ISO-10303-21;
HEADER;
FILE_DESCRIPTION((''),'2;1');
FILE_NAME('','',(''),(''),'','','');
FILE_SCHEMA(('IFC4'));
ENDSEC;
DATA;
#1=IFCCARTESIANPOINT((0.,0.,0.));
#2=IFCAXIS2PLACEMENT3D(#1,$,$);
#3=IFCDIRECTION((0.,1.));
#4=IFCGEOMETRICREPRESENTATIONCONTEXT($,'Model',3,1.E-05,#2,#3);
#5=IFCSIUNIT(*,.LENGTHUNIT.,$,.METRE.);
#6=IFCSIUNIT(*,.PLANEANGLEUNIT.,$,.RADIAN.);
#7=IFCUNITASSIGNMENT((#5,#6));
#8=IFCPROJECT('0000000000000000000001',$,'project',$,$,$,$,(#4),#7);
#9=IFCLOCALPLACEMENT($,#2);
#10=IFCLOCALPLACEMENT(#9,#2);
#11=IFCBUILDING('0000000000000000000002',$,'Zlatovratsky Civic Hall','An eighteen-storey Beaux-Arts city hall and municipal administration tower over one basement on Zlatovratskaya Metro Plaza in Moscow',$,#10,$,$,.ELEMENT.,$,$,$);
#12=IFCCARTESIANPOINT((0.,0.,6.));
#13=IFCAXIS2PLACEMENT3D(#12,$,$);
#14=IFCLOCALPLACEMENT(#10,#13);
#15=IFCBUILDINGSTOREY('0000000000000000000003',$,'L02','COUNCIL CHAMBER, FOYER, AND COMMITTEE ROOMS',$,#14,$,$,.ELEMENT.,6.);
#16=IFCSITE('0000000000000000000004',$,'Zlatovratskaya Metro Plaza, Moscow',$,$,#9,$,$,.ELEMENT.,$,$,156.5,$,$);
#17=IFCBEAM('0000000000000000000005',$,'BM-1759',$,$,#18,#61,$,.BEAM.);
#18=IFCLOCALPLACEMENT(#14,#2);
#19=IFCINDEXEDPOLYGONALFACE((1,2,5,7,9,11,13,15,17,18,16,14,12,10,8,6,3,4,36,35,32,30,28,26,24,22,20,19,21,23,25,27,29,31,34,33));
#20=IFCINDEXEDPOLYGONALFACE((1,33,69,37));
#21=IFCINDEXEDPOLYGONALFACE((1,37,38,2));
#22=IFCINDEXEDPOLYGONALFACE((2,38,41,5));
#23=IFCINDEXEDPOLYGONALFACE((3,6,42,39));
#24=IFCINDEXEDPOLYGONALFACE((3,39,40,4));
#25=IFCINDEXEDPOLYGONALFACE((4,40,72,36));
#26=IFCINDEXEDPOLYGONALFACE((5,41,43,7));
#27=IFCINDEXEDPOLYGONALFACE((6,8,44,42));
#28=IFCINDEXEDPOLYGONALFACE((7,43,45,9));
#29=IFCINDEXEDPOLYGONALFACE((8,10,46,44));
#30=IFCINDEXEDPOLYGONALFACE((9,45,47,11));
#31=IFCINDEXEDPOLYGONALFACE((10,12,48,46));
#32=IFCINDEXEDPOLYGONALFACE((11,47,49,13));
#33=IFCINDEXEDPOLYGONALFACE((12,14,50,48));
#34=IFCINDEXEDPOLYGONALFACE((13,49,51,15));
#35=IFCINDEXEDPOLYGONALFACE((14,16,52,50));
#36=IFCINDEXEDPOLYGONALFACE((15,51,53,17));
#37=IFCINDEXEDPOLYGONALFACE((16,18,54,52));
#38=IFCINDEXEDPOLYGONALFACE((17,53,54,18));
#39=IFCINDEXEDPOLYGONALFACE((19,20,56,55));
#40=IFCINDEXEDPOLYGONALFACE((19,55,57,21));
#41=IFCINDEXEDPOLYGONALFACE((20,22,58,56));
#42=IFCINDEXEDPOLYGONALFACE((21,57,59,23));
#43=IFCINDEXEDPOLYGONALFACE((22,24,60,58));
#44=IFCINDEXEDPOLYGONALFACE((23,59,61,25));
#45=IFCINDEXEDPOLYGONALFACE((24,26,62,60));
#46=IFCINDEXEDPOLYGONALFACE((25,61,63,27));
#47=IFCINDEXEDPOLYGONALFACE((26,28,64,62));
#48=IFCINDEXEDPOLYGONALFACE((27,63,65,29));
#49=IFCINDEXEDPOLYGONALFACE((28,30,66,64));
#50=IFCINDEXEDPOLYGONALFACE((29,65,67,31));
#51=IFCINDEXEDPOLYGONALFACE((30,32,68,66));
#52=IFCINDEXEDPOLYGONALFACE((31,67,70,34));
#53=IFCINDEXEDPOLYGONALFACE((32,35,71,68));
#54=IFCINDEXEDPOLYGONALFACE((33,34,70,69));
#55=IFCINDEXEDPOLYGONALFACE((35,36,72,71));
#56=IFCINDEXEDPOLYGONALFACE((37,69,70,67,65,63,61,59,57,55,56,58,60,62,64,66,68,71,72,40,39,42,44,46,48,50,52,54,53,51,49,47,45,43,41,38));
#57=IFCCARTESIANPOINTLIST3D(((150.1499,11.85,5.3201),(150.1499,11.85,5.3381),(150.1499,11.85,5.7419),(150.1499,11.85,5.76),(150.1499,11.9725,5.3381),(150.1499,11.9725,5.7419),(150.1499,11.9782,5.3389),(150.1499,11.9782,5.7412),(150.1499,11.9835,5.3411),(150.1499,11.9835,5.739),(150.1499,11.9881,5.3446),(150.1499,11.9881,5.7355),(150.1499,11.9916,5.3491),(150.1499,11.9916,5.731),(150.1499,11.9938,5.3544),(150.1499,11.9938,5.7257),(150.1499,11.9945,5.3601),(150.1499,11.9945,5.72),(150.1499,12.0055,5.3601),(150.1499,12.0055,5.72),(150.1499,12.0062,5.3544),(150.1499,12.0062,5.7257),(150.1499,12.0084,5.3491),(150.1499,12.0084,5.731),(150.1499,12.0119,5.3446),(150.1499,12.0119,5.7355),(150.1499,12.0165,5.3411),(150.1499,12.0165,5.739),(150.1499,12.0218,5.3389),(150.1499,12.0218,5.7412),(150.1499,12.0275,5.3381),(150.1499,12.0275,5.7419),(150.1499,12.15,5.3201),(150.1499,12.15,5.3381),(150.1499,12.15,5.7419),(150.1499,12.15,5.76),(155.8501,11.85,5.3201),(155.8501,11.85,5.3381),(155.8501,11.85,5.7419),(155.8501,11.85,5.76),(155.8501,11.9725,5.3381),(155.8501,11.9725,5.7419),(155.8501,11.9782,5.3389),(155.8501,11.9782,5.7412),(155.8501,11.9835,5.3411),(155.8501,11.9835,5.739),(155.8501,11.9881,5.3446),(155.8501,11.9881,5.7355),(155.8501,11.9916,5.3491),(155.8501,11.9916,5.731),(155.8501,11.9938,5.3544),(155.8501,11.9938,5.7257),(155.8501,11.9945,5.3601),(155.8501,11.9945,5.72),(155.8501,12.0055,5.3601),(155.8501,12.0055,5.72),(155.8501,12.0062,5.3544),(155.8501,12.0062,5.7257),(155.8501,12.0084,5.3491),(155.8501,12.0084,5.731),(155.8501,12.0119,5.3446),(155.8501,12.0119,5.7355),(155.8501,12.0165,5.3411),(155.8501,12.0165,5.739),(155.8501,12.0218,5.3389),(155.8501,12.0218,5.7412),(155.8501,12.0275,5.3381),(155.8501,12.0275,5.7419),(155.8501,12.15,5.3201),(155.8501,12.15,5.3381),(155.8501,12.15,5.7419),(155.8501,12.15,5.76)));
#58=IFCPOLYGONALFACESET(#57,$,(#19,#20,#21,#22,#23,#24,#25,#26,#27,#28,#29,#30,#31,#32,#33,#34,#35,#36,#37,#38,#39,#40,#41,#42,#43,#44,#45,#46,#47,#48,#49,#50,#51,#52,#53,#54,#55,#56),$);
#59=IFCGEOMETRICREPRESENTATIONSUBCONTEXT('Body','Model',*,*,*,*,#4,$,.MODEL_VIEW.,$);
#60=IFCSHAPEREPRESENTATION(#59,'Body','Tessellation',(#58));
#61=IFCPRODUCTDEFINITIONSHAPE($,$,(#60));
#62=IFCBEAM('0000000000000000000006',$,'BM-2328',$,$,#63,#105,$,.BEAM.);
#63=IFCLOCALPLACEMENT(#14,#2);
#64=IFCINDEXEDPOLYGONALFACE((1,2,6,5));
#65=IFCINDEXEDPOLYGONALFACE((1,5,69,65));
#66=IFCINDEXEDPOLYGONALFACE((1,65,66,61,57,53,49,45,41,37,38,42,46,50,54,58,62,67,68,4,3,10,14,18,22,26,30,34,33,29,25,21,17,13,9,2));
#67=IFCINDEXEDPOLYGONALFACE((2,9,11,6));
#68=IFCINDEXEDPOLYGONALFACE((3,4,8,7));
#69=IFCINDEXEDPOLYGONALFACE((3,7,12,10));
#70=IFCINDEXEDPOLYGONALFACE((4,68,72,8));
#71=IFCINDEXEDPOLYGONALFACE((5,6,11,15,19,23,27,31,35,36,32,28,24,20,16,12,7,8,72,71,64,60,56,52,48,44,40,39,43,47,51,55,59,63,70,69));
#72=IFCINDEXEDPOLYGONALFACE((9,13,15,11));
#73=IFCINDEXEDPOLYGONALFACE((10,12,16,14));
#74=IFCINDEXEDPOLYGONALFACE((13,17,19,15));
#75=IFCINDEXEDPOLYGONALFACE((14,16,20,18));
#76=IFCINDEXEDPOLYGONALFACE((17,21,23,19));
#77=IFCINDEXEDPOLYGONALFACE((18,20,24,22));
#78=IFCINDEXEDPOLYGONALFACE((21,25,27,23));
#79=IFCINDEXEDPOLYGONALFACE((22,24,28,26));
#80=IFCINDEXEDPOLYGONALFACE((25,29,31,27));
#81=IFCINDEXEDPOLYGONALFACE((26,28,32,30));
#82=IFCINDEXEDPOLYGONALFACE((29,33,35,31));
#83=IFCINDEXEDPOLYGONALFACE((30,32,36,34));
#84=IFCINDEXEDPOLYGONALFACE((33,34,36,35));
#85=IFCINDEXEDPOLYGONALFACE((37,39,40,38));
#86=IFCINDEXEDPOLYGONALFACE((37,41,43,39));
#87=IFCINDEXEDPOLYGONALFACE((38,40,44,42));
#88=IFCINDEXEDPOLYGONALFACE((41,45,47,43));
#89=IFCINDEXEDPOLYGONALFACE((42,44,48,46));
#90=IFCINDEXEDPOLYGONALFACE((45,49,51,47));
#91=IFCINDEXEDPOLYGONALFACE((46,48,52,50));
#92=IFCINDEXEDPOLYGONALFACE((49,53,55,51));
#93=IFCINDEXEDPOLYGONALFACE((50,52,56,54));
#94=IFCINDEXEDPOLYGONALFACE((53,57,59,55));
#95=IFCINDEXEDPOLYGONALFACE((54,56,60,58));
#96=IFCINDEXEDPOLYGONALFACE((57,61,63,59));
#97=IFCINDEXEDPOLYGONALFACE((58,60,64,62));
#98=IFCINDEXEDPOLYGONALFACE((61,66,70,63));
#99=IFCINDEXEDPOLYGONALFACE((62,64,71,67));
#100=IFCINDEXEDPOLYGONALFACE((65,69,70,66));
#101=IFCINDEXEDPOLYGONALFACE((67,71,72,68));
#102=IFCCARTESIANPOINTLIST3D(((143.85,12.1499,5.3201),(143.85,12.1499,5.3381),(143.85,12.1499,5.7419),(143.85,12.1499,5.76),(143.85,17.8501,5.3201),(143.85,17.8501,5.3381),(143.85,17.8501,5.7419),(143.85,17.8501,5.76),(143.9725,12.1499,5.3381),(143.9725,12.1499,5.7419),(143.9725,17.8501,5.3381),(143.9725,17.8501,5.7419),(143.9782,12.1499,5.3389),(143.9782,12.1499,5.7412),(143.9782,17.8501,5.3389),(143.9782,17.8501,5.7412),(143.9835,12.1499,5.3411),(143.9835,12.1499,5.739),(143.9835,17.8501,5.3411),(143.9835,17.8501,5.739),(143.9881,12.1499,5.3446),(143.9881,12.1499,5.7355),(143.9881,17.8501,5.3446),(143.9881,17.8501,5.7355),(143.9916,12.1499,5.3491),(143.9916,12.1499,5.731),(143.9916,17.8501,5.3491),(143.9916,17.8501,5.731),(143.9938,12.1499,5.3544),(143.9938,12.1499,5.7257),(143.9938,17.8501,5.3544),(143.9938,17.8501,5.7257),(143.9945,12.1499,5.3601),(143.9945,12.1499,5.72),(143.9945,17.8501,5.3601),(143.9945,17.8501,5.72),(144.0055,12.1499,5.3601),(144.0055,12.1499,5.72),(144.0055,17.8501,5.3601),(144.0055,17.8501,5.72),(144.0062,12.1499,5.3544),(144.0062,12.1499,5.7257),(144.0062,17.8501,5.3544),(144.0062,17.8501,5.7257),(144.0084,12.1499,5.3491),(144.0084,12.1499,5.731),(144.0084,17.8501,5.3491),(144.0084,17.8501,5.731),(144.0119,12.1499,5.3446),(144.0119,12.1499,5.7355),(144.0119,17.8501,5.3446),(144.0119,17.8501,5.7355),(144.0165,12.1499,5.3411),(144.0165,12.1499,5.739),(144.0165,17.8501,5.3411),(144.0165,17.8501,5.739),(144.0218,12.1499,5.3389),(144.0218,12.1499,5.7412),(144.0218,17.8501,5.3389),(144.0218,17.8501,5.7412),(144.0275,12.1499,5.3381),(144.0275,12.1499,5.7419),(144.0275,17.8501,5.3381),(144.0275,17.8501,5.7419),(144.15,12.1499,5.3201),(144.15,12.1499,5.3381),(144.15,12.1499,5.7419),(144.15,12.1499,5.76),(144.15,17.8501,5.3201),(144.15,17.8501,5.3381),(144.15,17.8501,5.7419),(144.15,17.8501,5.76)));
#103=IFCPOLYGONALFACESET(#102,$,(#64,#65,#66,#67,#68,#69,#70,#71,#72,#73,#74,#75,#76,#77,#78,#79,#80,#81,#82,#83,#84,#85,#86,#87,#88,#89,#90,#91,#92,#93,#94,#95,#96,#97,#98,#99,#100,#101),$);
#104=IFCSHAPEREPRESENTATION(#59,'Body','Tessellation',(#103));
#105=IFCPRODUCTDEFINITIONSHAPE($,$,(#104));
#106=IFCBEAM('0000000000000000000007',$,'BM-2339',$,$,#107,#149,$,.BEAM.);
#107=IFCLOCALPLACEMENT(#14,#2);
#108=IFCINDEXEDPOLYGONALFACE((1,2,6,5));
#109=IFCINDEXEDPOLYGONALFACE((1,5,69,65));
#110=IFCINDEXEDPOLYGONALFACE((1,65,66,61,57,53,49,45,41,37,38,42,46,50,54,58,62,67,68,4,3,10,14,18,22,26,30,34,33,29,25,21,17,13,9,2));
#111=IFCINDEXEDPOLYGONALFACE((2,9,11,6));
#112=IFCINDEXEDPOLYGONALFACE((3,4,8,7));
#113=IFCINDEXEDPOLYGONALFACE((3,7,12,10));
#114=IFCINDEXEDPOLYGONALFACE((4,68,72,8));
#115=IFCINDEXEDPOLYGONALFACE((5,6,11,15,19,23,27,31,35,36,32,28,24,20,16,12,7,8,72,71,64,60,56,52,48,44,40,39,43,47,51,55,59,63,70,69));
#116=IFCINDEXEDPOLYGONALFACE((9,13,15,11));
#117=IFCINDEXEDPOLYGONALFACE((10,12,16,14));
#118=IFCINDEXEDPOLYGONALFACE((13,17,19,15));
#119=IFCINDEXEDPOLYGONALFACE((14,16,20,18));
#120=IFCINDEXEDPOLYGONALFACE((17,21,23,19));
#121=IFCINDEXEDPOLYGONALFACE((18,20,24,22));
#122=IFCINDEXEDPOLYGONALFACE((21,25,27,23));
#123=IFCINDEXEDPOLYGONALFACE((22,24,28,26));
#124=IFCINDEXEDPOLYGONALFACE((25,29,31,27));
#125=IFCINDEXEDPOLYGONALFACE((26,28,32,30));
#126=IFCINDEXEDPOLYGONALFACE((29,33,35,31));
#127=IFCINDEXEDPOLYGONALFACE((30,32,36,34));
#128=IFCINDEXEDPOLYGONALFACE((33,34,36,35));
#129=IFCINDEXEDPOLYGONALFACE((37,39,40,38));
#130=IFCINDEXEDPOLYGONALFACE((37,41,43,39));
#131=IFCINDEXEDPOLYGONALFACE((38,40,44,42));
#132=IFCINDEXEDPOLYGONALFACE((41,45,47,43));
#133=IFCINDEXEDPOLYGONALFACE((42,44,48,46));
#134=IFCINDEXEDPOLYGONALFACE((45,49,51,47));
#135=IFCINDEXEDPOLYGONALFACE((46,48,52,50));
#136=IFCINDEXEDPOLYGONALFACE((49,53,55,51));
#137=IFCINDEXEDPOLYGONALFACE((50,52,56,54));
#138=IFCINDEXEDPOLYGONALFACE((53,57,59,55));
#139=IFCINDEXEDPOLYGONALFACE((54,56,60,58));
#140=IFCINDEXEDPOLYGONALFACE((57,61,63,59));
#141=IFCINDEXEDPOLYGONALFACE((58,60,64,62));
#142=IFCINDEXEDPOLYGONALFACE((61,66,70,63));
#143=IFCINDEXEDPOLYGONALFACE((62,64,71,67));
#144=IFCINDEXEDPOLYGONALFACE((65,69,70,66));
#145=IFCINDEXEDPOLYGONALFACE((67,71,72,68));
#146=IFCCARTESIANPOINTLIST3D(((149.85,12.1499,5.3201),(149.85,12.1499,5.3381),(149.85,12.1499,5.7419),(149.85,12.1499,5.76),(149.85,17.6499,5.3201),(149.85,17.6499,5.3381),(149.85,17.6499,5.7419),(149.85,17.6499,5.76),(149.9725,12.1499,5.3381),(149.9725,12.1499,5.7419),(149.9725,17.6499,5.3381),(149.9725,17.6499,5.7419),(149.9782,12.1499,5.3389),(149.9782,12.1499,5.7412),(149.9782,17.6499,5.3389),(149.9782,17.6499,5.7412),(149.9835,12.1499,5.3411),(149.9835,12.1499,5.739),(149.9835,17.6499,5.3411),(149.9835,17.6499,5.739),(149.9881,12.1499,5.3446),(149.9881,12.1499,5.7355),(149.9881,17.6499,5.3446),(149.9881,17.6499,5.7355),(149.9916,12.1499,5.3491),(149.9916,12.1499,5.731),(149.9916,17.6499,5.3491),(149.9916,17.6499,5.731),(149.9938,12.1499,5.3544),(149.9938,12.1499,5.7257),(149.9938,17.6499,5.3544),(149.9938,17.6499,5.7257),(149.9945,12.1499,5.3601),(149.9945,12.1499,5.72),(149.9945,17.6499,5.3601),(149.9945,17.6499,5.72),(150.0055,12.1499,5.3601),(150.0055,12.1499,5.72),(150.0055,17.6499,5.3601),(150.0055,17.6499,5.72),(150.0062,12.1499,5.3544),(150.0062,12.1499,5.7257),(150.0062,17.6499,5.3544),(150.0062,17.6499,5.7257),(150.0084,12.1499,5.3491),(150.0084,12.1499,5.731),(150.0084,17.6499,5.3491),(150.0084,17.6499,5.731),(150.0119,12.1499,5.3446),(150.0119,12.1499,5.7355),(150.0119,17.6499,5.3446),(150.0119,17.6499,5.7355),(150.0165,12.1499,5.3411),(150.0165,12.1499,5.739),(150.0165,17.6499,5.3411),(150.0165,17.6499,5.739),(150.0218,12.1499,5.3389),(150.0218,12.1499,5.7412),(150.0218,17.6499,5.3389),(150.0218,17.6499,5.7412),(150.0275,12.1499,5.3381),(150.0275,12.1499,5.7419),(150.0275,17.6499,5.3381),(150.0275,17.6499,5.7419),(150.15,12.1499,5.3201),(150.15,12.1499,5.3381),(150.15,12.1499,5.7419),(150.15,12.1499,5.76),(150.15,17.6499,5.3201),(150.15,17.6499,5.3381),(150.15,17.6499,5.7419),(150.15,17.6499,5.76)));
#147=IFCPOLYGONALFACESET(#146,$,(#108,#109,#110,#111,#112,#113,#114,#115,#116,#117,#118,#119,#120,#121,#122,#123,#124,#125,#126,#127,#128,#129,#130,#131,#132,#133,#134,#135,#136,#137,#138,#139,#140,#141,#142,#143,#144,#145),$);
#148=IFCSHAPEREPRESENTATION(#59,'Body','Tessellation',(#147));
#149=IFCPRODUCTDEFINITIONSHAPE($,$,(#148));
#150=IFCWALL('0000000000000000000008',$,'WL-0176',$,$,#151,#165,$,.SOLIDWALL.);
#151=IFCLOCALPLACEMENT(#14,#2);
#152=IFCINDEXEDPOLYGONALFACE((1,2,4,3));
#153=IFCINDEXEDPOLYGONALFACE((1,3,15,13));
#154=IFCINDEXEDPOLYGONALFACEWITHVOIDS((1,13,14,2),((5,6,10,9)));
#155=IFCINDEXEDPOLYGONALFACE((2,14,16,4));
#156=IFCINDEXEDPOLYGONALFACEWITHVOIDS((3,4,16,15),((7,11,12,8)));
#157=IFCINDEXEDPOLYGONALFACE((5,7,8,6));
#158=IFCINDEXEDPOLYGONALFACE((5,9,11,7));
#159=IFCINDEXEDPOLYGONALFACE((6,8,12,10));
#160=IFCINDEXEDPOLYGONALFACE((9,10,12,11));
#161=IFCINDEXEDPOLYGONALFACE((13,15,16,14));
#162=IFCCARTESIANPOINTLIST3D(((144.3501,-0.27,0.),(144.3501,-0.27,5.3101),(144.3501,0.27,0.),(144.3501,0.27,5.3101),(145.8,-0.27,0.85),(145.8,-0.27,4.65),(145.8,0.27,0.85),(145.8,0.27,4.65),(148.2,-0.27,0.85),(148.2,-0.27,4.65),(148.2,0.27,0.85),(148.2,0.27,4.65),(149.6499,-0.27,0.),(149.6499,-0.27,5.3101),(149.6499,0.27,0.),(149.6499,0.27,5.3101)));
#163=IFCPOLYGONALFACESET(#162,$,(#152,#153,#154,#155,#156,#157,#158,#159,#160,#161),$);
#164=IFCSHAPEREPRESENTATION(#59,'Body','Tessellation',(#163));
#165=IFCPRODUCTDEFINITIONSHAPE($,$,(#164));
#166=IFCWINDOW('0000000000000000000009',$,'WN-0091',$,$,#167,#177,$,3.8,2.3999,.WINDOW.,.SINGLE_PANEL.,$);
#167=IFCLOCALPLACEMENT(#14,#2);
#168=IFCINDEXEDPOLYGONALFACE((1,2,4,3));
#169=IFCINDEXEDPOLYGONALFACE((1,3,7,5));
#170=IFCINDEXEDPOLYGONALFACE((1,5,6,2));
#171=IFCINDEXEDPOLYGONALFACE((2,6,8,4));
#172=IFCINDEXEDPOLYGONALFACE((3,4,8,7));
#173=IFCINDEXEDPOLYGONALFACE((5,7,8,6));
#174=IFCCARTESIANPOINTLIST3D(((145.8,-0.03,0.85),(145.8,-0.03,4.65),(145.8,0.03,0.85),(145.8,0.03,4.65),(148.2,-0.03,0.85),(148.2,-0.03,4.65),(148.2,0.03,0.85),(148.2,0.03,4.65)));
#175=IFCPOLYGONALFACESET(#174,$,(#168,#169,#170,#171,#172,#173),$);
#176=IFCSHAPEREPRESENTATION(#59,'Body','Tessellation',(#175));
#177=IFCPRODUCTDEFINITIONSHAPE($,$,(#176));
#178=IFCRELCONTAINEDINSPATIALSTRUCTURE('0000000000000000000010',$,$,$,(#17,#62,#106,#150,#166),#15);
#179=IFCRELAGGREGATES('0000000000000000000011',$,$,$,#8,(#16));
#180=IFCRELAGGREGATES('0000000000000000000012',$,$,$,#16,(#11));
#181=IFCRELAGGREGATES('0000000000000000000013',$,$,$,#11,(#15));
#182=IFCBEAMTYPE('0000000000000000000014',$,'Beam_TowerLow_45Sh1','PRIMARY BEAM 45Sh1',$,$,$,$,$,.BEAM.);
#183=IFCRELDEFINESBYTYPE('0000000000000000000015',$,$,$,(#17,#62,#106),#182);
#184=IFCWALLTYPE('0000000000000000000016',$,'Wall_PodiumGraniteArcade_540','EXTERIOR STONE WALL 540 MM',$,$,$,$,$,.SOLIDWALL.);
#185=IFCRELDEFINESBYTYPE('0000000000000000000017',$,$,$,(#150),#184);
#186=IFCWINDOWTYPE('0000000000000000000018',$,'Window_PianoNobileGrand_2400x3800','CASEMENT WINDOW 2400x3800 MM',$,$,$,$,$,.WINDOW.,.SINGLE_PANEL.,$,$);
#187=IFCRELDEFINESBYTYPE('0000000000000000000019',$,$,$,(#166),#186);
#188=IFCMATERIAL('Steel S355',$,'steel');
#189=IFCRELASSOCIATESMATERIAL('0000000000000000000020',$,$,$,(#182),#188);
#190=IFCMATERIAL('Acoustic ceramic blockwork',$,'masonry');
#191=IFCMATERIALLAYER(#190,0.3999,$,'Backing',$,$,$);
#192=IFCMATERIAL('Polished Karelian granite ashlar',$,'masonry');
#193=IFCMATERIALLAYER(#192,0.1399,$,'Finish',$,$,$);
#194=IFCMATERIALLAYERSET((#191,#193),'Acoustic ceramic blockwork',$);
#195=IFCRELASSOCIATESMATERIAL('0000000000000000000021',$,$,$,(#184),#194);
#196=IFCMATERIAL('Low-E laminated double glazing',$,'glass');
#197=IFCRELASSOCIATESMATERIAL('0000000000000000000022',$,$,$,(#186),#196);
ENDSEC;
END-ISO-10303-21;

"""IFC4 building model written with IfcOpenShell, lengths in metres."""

from ifc_helpers import new_model, si_unit, direction, frame, frame_2d, origin, origin_2d, place, context, subcontext, project, spatial, rectangle, i_section, extrude, material, layer, layer_set, material_profile, profile_set, type_object, element, fill, save


model = new_model("IFC4")

# Units and contexts
model_context = context("Model", 3, precision=1e-05, world=origin(), true_north=direction((0.0, 1.0)))
body_context = subcontext(model_context, "Body", "Model", "MODEL_VIEW")
ifc_project = project(units=[si_unit("LENGTHUNIT", "METRE"), si_unit("PLANEANGLEUNIT", "RADIAN")], contexts=[model_context])

# Site, building, storey
site_placement = place(None, origin())
site = spatial("IfcSite", under=ifc_project, at=site_placement, Name="Zlatovratskaya Metro Plaza, Moscow", CompositionType="ELEMENT", RefElevation=156.5)
building_placement = place(site_placement, origin())
building = spatial("IfcBuilding", under=site, at=building_placement, Name="Zlatovratsky Civic Hall", Description="An eighteen-storey Beaux-Arts city hall and municipal administration tower over one basement on Zlatovratskaya Metro Plaza in Moscow", CompositionType="ELEMENT")
storey_placement = place(building_placement, frame((0.0, 0.0, 6.0)))
storey = spatial("IfcBuildingStorey", under=building, at=storey_placement, Name="L02", Description="COUNCIL CHAMBER, FOYER, AND COMMITTEE ROOMS", CompositionType="ELEMENT", Elevation=6.0)

# Shared definitions
ifc_material_1 = material(Name="Steel S355", Category="steel")

# Beams
ifc_material_profile_1 = material_profile(ifc_material_1, i_section(OverallWidth=0.3, OverallDepth=0.4399, WebThickness=0.011, FlangeThickness=0.0181, FilletRadius=0.022, at=origin_2d()), Name="45Sh1")
ifc_profile_set_1 = profile_set([ifc_material_profile_1], Name="Steel S355")
beam_type_1 = type_object("IfcBeamType", Name="Beam_TowerLow_45Sh1", Description="PRIMARY BEAM 45Sh1", PredefinedType="BEAM", material=ifc_profile_set_1)
for number, where, z_axis, x_axis, name in (
    (1, (150.1499, 12.0, 5.54), (1.0, 0.0, 0.0), (0.0, 1.0, 0.0), "BM-1759"),
    (2, (144.0, 12.1499, 5.54), (0.0, 1.0, 0.0), (-1.0, 0.0, 0.0), "BM-2328"),
):
    element("IfcBeam", number, at=place(storey_placement, frame(where, z_axis=z_axis, x_axis=x_axis)), inside=storey, type_object=beam_type_1, Name=name, PredefinedType="BEAM", context=body_context, shape_type="SweptSolid", body=[
        extrude(i_section(OverallWidth=0.3, OverallDepth=0.4399, WebThickness=0.011, FlangeThickness=0.0181, FilletRadius=0.022, at=origin_2d()), origin(), (0.0, 0.0, 1.0), 5.7002),
    ])
beam_placement = place(storey_placement, frame((150.0, 12.1499, 5.54), z_axis=(0.0, 1.0, 0.0), x_axis=(-1.0, 0.0, 0.0)))
element("IfcBeam", 3, at=beam_placement, inside=storey, type_object=beam_type_1, Name="BM-2339", PredefinedType="BEAM", context=body_context, shape_type="SweptSolid", body=[
    extrude(i_section(OverallWidth=0.3, OverallDepth=0.4399, WebThickness=0.011, FlangeThickness=0.0181, FilletRadius=0.022, at=origin_2d()), origin(), (0.0, 0.0, 1.0), 5.5),
])

# Wall, opening, window
ifc_material_2 = material(Name="Acoustic ceramic blockwork", Category="masonry")
ifc_layer_1 = layer(ifc_material_2, 0.3999, Name="Backing")
ifc_material_3 = material(Name="Polished Karelian granite ashlar", Category="masonry")
ifc_layer_2 = layer(ifc_material_3, 0.1399, Name="Finish")
ifc_layer_set_1 = layer_set([ifc_layer_1, ifc_layer_2], Name="Acoustic ceramic blockwork")
wall_type = type_object("IfcWallType", Name="Wall_PodiumGraniteArcade_540", Description="EXTERIOR STONE WALL 540 MM", PredefinedType="SOLIDWALL", material=ifc_layer_set_1)
wall_1_placement = place(storey_placement, frame((144.3501, 0.0, 0.0), z_axis=(0.0, 0.0, 1.0), x_axis=(1.0, 0.0, 0.0)))
wall_1 = element("IfcWall", 4, at=wall_1_placement, inside=storey, type_object=wall_type, Name="WL-0176", PredefinedType="SOLIDWALL", context=body_context, shape_type="SweptSolid", body=[
    extrude(rectangle(XDim=5.2998, YDim=0.54, at=frame_2d((2.6499, 0.0))), origin(), (0.0, 0.0, 1.0), 5.3101),
])
opening_1_placement = place(wall_1_placement, frame((1.45, 0.0, 0.8501)))
opening_1 = element("IfcOpeningElement", 5, at=opening_1_placement, cuts=wall_1, PredefinedType="OPENING", context=body_context, shape_type="SweptSolid", body=[
    extrude(rectangle(XDim=2.3999, YDim=3.8, at=frame_2d((1.2, 1.8999))), frame((0.0, 0.2849, 0.0), z_axis=(0.0, -1.0, 0.0), x_axis=(1.0, 0.0, 0.0)), (0.0, 0.0, 1.0), 0.5698),
])
ifc_material_4 = material(Name="Low-E laminated double glazing", Category="glass")
window_type = type_object("IfcWindowType", Name="Window_PianoNobileGrand_2400x3800", Description="CASEMENT WINDOW 2400x3800 MM", PartitioningType="SINGLE_PANEL", PredefinedType="WINDOW", material=ifc_material_4)
window_1_placement = place(opening_1_placement, origin())
window_1 = element("IfcWindow", 6, at=window_1_placement, inside=storey, type_object=window_type, Name="WN-0091", OverallHeight=3.8, OverallWidth=2.3999, PartitioningType="SINGLE_PANEL", PredefinedType="WINDOW", context=body_context, shape_type="SweptSolid", body=[
    extrude(rectangle(XDim=2.3999, YDim=3.8, at=frame_2d((1.2, 1.8999))), frame((0.0, 0.03, 0.0), z_axis=(0.0, -1.0, 0.0), x_axis=(1.0, 0.0, 0.0)), (0.0, 0.0, 1.0), 0.0601),
])
fill(opening_1, window_1)

save(model, "model.ifc")
